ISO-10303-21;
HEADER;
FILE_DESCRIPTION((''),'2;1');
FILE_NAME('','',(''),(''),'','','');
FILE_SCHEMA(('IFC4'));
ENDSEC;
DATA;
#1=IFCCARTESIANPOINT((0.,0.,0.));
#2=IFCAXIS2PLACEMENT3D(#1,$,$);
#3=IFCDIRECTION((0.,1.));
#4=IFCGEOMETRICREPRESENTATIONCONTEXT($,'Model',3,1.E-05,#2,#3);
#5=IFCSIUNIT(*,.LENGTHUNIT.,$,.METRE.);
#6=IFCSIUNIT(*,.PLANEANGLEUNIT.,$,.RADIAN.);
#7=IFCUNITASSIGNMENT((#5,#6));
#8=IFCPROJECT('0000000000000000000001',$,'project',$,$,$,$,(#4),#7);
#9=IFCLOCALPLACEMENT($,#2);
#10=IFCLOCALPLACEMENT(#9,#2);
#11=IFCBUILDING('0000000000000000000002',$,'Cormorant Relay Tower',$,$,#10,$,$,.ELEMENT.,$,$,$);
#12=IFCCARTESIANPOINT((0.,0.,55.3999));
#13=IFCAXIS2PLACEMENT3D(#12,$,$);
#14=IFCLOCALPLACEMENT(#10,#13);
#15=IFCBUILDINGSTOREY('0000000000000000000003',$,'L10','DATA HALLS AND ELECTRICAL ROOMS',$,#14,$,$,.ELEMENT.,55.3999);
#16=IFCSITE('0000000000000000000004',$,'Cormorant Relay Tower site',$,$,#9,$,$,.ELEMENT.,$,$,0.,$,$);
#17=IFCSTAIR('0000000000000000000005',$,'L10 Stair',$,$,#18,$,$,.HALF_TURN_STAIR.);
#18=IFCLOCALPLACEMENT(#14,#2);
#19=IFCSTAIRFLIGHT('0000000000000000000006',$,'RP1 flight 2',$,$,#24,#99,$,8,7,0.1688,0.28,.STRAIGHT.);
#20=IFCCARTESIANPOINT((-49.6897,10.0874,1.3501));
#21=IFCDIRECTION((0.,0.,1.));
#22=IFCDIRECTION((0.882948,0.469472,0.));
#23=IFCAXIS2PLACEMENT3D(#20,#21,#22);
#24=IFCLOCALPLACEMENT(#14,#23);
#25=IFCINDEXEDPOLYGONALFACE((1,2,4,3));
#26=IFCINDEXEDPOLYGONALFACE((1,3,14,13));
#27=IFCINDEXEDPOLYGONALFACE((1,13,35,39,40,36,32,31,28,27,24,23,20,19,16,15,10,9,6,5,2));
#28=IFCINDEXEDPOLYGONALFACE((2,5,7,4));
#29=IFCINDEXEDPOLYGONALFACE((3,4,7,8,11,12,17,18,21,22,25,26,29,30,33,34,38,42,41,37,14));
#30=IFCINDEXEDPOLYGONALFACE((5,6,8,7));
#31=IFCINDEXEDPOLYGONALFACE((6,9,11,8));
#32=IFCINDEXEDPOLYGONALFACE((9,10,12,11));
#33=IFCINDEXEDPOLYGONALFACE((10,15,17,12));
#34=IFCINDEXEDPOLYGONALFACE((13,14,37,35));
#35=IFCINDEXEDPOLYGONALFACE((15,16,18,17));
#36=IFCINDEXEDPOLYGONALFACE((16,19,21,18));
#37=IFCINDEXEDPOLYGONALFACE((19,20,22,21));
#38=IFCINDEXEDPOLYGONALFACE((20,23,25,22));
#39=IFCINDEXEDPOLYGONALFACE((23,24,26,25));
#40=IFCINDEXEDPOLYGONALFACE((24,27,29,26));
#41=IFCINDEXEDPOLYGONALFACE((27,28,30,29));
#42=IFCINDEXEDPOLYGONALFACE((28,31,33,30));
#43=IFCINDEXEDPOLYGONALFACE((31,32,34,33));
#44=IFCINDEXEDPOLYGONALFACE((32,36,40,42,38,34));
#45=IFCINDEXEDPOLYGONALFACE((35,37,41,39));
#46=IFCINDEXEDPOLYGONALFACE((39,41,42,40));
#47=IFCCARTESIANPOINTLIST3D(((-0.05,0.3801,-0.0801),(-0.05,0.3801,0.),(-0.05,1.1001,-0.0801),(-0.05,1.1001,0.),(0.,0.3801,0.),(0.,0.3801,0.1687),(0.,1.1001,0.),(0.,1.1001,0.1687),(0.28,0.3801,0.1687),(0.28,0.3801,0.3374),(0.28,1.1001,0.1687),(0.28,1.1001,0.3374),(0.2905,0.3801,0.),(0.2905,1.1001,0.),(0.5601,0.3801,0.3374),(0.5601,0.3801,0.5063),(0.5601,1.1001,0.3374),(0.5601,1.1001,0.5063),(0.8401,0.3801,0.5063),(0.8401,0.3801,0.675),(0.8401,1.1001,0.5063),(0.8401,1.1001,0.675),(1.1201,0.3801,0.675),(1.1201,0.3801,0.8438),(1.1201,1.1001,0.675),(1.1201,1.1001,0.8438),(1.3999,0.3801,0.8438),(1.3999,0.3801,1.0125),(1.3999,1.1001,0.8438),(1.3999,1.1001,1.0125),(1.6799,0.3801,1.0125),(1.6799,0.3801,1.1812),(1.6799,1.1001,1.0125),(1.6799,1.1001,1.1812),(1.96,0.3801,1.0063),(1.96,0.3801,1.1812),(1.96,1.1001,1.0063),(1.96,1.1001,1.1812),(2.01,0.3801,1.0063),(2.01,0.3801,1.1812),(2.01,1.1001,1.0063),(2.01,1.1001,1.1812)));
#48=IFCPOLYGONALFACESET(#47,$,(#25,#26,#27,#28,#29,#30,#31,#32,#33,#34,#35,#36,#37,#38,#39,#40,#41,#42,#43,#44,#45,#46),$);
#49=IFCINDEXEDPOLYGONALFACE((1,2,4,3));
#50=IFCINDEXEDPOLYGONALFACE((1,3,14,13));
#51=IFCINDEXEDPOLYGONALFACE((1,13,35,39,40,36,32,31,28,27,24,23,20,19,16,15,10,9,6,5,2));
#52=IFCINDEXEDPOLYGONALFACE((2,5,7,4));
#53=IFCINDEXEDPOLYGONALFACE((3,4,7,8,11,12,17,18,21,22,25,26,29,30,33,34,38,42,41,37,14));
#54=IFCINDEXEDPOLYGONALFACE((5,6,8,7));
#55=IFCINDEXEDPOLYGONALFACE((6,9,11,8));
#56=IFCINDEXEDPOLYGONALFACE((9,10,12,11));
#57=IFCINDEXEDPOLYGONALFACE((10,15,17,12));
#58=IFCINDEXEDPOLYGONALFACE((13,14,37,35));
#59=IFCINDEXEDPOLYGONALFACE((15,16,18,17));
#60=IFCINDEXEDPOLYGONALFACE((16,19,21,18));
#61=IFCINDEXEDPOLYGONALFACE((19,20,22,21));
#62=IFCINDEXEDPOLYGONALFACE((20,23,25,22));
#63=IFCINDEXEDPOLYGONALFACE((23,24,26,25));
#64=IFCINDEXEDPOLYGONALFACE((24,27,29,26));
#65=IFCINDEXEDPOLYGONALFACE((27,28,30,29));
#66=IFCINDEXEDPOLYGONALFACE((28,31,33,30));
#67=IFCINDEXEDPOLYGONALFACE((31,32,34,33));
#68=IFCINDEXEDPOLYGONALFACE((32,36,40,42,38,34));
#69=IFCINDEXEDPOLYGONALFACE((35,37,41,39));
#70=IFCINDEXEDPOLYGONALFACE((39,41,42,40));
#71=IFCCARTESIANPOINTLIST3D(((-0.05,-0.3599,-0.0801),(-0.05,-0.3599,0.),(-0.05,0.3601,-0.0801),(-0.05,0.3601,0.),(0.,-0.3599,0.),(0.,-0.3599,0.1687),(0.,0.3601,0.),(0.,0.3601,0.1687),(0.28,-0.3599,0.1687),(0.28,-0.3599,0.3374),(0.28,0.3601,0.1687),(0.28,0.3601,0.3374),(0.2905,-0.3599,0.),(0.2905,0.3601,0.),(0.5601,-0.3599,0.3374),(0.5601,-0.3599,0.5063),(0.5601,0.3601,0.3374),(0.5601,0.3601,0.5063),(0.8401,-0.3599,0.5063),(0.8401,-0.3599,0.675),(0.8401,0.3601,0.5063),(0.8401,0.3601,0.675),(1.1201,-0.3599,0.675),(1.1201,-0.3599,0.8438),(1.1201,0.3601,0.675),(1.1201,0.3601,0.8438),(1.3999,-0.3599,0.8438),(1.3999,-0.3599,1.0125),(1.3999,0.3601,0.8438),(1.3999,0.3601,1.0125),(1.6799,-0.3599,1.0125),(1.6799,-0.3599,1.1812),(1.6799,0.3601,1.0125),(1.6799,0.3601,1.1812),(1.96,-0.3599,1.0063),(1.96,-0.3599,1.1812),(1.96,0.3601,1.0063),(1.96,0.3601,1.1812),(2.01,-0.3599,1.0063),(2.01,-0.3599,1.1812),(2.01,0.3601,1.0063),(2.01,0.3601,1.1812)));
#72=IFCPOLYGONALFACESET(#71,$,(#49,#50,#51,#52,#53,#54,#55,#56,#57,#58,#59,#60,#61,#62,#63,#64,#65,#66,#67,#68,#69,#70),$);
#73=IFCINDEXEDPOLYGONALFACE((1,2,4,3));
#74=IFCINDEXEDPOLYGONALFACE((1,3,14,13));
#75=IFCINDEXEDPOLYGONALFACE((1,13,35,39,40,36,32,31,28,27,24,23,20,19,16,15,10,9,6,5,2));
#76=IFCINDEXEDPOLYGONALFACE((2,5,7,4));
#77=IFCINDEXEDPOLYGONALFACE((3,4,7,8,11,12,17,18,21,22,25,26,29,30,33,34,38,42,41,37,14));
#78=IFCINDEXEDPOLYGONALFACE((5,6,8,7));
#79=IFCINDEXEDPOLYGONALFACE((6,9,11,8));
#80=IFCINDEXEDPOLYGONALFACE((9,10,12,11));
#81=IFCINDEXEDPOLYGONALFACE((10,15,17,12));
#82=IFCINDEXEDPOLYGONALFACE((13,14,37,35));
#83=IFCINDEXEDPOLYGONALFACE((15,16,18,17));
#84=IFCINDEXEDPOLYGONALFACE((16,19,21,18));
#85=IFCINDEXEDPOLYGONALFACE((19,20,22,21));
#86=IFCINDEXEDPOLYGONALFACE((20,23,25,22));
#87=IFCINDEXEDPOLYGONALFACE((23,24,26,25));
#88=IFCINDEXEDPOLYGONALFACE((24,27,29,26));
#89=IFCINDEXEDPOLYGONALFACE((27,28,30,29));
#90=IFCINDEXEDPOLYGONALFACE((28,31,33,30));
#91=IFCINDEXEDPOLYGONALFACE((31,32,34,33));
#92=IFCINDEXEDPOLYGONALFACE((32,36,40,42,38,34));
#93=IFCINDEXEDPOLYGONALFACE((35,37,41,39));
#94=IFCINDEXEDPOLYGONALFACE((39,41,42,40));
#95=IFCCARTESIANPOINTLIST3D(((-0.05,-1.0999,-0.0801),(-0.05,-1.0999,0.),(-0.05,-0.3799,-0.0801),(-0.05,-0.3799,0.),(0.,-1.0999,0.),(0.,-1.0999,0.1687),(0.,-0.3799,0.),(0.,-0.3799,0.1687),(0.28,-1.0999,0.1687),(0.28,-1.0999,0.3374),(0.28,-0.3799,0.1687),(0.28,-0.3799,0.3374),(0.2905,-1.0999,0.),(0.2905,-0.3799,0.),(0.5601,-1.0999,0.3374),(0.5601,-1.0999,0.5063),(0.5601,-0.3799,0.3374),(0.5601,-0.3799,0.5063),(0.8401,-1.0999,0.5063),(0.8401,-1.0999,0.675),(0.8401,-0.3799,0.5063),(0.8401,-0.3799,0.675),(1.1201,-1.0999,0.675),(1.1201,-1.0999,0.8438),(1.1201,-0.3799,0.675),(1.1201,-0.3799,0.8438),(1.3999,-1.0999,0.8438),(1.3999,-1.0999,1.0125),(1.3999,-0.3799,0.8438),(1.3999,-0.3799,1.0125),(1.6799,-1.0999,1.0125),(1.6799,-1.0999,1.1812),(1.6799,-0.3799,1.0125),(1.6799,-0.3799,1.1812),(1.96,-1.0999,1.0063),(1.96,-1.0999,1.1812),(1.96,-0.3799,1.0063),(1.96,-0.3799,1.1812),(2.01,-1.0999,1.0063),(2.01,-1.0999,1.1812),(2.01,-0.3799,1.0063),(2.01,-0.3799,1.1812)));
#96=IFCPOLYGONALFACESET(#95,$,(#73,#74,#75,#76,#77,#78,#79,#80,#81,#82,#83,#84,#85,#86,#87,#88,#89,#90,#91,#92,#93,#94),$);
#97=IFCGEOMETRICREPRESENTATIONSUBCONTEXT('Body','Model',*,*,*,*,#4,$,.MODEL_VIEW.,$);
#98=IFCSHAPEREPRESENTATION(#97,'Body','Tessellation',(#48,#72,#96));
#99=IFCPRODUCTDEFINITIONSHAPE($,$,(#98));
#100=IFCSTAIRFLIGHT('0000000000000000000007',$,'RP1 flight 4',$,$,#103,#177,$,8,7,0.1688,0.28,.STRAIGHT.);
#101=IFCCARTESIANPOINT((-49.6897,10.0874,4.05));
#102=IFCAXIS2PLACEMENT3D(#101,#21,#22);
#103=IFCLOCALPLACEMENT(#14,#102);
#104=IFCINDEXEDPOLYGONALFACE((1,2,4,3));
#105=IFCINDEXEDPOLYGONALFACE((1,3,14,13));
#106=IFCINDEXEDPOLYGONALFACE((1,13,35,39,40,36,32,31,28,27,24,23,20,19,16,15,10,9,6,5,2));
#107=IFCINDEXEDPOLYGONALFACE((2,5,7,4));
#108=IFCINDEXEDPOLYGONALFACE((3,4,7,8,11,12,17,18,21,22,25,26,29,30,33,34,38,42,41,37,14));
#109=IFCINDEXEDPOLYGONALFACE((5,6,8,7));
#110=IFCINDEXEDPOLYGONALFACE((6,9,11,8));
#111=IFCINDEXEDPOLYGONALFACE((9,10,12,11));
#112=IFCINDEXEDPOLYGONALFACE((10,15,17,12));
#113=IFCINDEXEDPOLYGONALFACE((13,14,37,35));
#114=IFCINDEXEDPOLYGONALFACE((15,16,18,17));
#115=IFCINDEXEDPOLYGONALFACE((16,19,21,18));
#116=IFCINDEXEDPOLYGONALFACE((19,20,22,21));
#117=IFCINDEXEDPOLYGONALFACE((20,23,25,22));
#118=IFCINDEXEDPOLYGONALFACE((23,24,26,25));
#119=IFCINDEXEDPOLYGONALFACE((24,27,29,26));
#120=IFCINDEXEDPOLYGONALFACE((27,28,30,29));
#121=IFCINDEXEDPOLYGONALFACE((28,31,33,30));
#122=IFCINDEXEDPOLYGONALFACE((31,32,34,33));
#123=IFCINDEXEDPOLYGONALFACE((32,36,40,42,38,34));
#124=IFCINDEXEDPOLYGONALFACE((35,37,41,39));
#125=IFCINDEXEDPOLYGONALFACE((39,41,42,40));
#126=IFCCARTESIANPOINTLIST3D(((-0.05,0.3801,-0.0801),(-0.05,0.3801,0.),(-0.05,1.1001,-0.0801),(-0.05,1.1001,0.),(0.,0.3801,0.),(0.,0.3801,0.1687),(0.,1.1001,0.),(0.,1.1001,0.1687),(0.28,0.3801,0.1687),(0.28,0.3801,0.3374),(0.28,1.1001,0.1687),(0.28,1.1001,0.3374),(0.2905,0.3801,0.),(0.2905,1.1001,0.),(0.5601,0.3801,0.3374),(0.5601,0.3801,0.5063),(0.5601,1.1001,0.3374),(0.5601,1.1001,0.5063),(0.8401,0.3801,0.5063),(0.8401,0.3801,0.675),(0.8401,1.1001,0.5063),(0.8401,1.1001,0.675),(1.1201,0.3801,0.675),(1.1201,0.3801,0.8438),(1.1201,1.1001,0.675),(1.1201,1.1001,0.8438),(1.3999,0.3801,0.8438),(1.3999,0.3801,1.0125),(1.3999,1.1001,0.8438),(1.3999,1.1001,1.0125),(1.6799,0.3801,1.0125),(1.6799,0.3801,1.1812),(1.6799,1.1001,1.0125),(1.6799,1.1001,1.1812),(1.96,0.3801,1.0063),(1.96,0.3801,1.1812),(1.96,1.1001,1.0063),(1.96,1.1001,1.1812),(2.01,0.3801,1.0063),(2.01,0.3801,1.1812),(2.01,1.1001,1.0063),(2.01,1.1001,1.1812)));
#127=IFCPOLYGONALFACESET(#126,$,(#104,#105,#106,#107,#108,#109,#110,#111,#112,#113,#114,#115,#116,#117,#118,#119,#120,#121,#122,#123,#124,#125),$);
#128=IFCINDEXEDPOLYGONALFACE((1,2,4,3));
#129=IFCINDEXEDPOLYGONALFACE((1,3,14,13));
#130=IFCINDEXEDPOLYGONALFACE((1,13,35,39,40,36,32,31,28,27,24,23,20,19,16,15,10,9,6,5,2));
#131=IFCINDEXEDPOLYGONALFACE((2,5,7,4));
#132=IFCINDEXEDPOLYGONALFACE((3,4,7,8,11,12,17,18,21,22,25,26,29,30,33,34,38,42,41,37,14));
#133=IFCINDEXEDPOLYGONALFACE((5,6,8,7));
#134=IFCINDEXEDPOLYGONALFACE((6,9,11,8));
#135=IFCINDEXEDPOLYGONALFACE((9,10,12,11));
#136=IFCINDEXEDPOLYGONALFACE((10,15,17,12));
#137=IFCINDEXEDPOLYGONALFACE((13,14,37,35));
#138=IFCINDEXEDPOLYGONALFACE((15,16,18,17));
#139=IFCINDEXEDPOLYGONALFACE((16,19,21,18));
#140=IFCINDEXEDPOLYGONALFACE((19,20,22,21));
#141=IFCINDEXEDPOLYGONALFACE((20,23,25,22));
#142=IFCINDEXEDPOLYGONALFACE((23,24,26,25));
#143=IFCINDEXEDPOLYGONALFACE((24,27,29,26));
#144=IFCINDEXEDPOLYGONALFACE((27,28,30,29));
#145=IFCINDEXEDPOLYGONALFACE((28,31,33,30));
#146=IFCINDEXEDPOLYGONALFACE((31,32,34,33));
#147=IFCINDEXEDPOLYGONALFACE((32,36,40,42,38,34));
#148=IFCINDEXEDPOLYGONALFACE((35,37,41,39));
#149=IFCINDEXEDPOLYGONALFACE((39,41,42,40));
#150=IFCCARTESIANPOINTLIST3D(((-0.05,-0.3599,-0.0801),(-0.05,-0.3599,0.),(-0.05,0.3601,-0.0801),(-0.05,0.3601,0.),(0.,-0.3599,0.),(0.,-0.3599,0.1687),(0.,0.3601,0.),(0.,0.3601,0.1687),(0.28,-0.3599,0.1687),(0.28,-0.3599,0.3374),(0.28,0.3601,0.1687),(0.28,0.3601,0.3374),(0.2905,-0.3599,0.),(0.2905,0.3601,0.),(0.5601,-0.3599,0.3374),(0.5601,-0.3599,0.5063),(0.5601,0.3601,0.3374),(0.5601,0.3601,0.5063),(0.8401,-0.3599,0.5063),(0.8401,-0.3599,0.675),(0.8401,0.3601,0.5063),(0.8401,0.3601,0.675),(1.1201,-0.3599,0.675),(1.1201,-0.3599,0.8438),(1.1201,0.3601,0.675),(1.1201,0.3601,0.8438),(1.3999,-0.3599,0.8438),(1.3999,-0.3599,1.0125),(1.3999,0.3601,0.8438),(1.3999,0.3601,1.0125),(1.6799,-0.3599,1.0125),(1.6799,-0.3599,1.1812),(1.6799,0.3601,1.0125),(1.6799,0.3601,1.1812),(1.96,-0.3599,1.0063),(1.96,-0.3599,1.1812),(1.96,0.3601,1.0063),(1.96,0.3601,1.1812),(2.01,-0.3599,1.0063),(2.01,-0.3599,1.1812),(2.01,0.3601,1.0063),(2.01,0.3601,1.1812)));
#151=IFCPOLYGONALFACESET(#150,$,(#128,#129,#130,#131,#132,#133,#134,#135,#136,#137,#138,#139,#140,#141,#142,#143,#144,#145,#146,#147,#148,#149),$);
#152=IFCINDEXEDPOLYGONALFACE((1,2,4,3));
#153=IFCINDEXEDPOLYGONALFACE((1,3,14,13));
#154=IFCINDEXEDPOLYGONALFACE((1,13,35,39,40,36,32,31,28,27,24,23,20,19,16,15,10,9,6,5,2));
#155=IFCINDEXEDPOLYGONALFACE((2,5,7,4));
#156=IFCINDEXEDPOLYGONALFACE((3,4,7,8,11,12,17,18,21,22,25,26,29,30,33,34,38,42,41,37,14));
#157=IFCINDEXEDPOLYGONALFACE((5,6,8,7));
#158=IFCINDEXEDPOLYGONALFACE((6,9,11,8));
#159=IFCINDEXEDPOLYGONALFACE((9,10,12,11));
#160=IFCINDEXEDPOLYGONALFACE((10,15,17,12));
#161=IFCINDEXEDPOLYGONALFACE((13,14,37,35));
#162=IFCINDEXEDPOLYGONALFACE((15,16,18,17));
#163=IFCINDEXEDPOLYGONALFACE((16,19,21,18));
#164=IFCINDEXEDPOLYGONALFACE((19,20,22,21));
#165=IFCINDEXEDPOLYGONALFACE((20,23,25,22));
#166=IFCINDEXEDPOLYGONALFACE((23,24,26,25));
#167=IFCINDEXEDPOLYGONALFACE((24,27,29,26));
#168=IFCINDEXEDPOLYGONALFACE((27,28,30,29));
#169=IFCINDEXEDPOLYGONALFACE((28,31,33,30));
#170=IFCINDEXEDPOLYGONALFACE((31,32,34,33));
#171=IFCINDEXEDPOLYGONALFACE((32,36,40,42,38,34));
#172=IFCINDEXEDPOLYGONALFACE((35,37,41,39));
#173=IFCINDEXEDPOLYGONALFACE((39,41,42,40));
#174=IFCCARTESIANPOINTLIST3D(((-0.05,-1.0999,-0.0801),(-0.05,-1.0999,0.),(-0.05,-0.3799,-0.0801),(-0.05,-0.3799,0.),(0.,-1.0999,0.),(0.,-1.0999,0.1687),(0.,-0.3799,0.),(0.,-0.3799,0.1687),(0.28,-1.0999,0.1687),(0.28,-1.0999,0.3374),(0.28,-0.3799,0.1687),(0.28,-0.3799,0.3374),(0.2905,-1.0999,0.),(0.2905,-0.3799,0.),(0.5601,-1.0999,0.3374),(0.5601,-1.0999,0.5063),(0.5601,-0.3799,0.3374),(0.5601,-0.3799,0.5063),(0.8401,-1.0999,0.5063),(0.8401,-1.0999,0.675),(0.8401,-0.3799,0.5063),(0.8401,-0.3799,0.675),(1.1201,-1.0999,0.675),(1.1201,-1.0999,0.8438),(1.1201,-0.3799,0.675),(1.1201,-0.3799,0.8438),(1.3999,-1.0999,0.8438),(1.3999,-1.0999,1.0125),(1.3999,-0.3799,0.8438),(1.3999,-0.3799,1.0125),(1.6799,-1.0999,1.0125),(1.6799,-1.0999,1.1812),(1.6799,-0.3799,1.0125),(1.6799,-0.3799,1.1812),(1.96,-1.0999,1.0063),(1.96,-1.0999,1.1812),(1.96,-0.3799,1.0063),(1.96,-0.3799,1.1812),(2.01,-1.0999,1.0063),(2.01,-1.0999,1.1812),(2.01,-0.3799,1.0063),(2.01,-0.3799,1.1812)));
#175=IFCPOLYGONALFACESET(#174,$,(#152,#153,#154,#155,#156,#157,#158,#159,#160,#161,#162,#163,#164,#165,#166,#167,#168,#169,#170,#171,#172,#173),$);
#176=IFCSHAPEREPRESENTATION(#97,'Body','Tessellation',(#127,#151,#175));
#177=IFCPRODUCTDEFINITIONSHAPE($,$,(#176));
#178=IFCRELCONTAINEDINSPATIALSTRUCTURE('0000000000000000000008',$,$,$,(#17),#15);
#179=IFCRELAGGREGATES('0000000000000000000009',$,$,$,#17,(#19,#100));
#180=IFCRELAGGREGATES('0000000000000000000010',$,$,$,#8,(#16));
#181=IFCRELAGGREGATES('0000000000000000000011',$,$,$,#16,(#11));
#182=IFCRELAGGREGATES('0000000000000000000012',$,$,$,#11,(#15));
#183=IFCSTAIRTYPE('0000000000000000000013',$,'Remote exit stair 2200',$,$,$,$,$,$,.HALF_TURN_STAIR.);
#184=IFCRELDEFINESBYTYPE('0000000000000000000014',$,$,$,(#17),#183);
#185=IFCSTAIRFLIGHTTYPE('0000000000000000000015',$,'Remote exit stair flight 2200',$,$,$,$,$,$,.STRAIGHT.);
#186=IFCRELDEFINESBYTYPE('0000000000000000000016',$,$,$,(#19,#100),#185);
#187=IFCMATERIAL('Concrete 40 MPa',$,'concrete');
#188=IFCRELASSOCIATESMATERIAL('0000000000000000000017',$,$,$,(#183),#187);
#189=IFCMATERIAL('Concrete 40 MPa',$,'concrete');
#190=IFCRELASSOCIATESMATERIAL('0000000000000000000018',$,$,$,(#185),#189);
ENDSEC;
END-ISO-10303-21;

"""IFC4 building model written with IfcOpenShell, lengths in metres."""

from ifc_helpers import new_model, si_unit, direction, frame, origin, place, context, subcontext, project, spatial, polyline, outline, extrude, material, type_object, element, aggregate, save


model = new_model("IFC4")

# Units and contexts
model_context = context("Model", 3, precision=1e-05, world=origin(), true_north=direction((0.0, 1.0)))
body_context = subcontext(model_context, "Body", "Model", "MODEL_VIEW")
ifc_project = project(units=[si_unit("LENGTHUNIT", "METRE"), si_unit("PLANEANGLEUNIT", "RADIAN")], contexts=[model_context])

# Site, building, storey
site_placement = place(None, origin())
site = spatial("IfcSite", under=ifc_project, at=site_placement, Name="Cormorant Relay Tower site", CompositionType="ELEMENT", RefElevation=0.0)
building_placement = place(site_placement, origin())
building = spatial("IfcBuilding", under=site, at=building_placement, Name="Cormorant Relay Tower", CompositionType="ELEMENT")
storey_placement = place(building_placement, frame((0.0, 0.0, 55.3999)))
storey = spatial("IfcBuildingStorey", under=building, at=storey_placement, Name="L10", Description="DATA HALLS AND ELECTRICAL ROOMS", CompositionType="ELEMENT", Elevation=55.3999)

# Stair, stair flights
ifc_material_1 = material(Name="Concrete 40 MPa", Category="concrete")
stair_type = type_object("IfcStairType", Name="Remote exit stair 2200", PredefinedType="HALF_TURN_STAIR", material=ifc_material_1)
stair_placement = place(storey_placement, origin())
stair = element("IfcStair", 1, at=stair_placement, inside=storey, type_object=stair_type, Name="L10 Stair", PredefinedType="HALF_TURN_STAIR")
ifc_material_2 = material(Name="Concrete 40 MPa", Category="concrete")
stair_flight_type = type_object("IfcStairFlightType", Name="Remote exit stair flight 2200", PredefinedType="STRAIGHT", material=ifc_material_2)
stair_flight_1_placement = place(storey_placement, frame((-49.6897, 10.0874, 1.3501), z_axis=(0.0, 0.0, 1.0), x_axis=(0.882948, 0.469472, 0.0)))
stair_flight_1 = element("IfcStairFlight", 2, at=stair_flight_1_placement, type_object=stair_flight_type, Name="RP1 flight 2", NumberOfRisers=8, NumberOfTreads=7, PredefinedType="STRAIGHT", RiserHeight=0.1688, TreadLength=0.28, context=body_context, shape_type="SweptSolid", body=[
    extrude(outline(polyline([(-0.05, -0.0801), (-0.05, 0.0), (0.0, 0.0), (0.0, 0.1687), (0.28, 0.1687), (0.28, 0.3374), (0.5601, 0.3374), (0.5601, 0.5063), (0.8401, 0.5063), (0.8401, 0.675), (1.1201, 0.675), (1.1201, 0.8438), (1.3999, 0.8438), (1.3999, 1.0125), (1.6799, 1.0125), (1.6799, 1.1812), (1.96, 1.1812), (2.01, 1.1812), (2.01, 1.0063), (1.96, 1.0063), (0.2905, 0.0), (-0.05, -0.0801)])), frame((0.0, 1.1001, 0.0), z_axis=(0.0, -1.0, 0.0), x_axis=(1.0, 0.0, 0.0)), (0.0, 0.0, 1.0), 0.72),
    extrude(outline(polyline([(-0.05, -0.0801), (-0.05, 0.0), (0.0, 0.0), (0.0, 0.1687), (0.28, 0.1687), (0.28, 0.3374), (0.5601, 0.3374), (0.5601, 0.5063), (0.8401, 0.5063), (0.8401, 0.675), (1.1201, 0.675), (1.1201, 0.8438), (1.3999, 0.8438), (1.3999, 1.0125), (1.6799, 1.0125), (1.6799, 1.1812), (1.96, 1.1812), (2.01, 1.1812), (2.01, 1.0063), (1.96, 1.0063), (0.2905, 0.0), (-0.05, -0.0801)])), frame((0.0, 0.3601, 0.0), z_axis=(0.0, -1.0, 0.0), x_axis=(1.0, 0.0, 0.0)), (0.0, 0.0, 1.0), 0.72),
    extrude(outline(polyline([(-0.05, -0.0801), (-0.05, 0.0), (0.0, 0.0), (0.0, 0.1687), (0.28, 0.1687), (0.28, 0.3374), (0.5601, 0.3374), (0.5601, 0.5063), (0.8401, 0.5063), (0.8401, 0.675), (1.1201, 0.675), (1.1201, 0.8438), (1.3999, 0.8438), (1.3999, 1.0125), (1.6799, 1.0125), (1.6799, 1.1812), (1.96, 1.1812), (2.01, 1.1812), (2.01, 1.0063), (1.96, 1.0063), (0.2905, 0.0), (-0.05, -0.0801)])), frame((0.0, -0.3799, 0.0), z_axis=(0.0, -1.0, 0.0), x_axis=(1.0, 0.0, 0.0)), (0.0, 0.0, 1.0), 0.72),
])
stair_flight_2_placement = place(storey_placement, frame((-49.6897, 10.0874, 4.05), z_axis=(0.0, 0.0, 1.0), x_axis=(0.882948, 0.469472, 0.0)))
stair_flight_2 = element("IfcStairFlight", 3, at=stair_flight_2_placement, type_object=stair_flight_type, Name="RP1 flight 4", NumberOfRisers=8, NumberOfTreads=7, PredefinedType="STRAIGHT", RiserHeight=0.1688, TreadLength=0.28, context=body_context, shape_type="SweptSolid", body=[
    extrude(outline(polyline([(-0.05, -0.0801), (-0.05, 0.0), (0.0, 0.0), (0.0, 0.1687), (0.28, 0.1687), (0.28, 0.3374), (0.5601, 0.3374), (0.5601, 0.5063), (0.8401, 0.5063), (0.8401, 0.675), (1.1201, 0.675), (1.1201, 0.8438), (1.3999, 0.8438), (1.3999, 1.0125), (1.6799, 1.0125), (1.6799, 1.1812), (1.96, 1.1812), (2.01, 1.1812), (2.01, 1.0063), (1.96, 1.0063), (0.2905, 0.0), (-0.05, -0.0801)])), frame((0.0, 1.1001, 0.0), z_axis=(0.0, -1.0, 0.0), x_axis=(1.0, 0.0, 0.0)), (0.0, 0.0, 1.0), 0.72),
    extrude(outline(polyline([(-0.05, -0.0801), (-0.05, 0.0), (0.0, 0.0), (0.0, 0.1687), (0.28, 0.1687), (0.28, 0.3374), (0.5601, 0.3374), (0.5601, 0.5063), (0.8401, 0.5063), (0.8401, 0.675), (1.1201, 0.675), (1.1201, 0.8438), (1.3999, 0.8438), (1.3999, 1.0125), (1.6799, 1.0125), (1.6799, 1.1812), (1.96, 1.1812), (2.01, 1.1812), (2.01, 1.0063), (1.96, 1.0063), (0.2905, 0.0), (-0.05, -0.0801)])), frame((0.0, 0.3601, 0.0), z_axis=(0.0, -1.0, 0.0), x_axis=(1.0, 0.0, 0.0)), (0.0, 0.0, 1.0), 0.72),
    extrude(outline(polyline([(-0.05, -0.0801), (-0.05, 0.0), (0.0, 0.0), (0.0, 0.1687), (0.28, 0.1687), (0.28, 0.3374), (0.5601, 0.3374), (0.5601, 0.5063), (0.8401, 0.5063), (0.8401, 0.675), (1.1201, 0.675), (1.1201, 0.8438), (1.3999, 0.8438), (1.3999, 1.0125), (1.6799, 1.0125), (1.6799, 1.1812), (1.96, 1.1812), (2.01, 1.1812), (2.01, 1.0063), (1.96, 1.0063), (0.2905, 0.0), (-0.05, -0.0801)])), frame((0.0, -0.3799, 0.0), z_axis=(0.0, -1.0, 0.0), x_axis=(1.0, 0.0, 0.0)), (0.0, 0.0, 1.0), 0.72),
])
aggregate(stair, [stair_flight_1, stair_flight_2])

save(model, "model.ifc")
